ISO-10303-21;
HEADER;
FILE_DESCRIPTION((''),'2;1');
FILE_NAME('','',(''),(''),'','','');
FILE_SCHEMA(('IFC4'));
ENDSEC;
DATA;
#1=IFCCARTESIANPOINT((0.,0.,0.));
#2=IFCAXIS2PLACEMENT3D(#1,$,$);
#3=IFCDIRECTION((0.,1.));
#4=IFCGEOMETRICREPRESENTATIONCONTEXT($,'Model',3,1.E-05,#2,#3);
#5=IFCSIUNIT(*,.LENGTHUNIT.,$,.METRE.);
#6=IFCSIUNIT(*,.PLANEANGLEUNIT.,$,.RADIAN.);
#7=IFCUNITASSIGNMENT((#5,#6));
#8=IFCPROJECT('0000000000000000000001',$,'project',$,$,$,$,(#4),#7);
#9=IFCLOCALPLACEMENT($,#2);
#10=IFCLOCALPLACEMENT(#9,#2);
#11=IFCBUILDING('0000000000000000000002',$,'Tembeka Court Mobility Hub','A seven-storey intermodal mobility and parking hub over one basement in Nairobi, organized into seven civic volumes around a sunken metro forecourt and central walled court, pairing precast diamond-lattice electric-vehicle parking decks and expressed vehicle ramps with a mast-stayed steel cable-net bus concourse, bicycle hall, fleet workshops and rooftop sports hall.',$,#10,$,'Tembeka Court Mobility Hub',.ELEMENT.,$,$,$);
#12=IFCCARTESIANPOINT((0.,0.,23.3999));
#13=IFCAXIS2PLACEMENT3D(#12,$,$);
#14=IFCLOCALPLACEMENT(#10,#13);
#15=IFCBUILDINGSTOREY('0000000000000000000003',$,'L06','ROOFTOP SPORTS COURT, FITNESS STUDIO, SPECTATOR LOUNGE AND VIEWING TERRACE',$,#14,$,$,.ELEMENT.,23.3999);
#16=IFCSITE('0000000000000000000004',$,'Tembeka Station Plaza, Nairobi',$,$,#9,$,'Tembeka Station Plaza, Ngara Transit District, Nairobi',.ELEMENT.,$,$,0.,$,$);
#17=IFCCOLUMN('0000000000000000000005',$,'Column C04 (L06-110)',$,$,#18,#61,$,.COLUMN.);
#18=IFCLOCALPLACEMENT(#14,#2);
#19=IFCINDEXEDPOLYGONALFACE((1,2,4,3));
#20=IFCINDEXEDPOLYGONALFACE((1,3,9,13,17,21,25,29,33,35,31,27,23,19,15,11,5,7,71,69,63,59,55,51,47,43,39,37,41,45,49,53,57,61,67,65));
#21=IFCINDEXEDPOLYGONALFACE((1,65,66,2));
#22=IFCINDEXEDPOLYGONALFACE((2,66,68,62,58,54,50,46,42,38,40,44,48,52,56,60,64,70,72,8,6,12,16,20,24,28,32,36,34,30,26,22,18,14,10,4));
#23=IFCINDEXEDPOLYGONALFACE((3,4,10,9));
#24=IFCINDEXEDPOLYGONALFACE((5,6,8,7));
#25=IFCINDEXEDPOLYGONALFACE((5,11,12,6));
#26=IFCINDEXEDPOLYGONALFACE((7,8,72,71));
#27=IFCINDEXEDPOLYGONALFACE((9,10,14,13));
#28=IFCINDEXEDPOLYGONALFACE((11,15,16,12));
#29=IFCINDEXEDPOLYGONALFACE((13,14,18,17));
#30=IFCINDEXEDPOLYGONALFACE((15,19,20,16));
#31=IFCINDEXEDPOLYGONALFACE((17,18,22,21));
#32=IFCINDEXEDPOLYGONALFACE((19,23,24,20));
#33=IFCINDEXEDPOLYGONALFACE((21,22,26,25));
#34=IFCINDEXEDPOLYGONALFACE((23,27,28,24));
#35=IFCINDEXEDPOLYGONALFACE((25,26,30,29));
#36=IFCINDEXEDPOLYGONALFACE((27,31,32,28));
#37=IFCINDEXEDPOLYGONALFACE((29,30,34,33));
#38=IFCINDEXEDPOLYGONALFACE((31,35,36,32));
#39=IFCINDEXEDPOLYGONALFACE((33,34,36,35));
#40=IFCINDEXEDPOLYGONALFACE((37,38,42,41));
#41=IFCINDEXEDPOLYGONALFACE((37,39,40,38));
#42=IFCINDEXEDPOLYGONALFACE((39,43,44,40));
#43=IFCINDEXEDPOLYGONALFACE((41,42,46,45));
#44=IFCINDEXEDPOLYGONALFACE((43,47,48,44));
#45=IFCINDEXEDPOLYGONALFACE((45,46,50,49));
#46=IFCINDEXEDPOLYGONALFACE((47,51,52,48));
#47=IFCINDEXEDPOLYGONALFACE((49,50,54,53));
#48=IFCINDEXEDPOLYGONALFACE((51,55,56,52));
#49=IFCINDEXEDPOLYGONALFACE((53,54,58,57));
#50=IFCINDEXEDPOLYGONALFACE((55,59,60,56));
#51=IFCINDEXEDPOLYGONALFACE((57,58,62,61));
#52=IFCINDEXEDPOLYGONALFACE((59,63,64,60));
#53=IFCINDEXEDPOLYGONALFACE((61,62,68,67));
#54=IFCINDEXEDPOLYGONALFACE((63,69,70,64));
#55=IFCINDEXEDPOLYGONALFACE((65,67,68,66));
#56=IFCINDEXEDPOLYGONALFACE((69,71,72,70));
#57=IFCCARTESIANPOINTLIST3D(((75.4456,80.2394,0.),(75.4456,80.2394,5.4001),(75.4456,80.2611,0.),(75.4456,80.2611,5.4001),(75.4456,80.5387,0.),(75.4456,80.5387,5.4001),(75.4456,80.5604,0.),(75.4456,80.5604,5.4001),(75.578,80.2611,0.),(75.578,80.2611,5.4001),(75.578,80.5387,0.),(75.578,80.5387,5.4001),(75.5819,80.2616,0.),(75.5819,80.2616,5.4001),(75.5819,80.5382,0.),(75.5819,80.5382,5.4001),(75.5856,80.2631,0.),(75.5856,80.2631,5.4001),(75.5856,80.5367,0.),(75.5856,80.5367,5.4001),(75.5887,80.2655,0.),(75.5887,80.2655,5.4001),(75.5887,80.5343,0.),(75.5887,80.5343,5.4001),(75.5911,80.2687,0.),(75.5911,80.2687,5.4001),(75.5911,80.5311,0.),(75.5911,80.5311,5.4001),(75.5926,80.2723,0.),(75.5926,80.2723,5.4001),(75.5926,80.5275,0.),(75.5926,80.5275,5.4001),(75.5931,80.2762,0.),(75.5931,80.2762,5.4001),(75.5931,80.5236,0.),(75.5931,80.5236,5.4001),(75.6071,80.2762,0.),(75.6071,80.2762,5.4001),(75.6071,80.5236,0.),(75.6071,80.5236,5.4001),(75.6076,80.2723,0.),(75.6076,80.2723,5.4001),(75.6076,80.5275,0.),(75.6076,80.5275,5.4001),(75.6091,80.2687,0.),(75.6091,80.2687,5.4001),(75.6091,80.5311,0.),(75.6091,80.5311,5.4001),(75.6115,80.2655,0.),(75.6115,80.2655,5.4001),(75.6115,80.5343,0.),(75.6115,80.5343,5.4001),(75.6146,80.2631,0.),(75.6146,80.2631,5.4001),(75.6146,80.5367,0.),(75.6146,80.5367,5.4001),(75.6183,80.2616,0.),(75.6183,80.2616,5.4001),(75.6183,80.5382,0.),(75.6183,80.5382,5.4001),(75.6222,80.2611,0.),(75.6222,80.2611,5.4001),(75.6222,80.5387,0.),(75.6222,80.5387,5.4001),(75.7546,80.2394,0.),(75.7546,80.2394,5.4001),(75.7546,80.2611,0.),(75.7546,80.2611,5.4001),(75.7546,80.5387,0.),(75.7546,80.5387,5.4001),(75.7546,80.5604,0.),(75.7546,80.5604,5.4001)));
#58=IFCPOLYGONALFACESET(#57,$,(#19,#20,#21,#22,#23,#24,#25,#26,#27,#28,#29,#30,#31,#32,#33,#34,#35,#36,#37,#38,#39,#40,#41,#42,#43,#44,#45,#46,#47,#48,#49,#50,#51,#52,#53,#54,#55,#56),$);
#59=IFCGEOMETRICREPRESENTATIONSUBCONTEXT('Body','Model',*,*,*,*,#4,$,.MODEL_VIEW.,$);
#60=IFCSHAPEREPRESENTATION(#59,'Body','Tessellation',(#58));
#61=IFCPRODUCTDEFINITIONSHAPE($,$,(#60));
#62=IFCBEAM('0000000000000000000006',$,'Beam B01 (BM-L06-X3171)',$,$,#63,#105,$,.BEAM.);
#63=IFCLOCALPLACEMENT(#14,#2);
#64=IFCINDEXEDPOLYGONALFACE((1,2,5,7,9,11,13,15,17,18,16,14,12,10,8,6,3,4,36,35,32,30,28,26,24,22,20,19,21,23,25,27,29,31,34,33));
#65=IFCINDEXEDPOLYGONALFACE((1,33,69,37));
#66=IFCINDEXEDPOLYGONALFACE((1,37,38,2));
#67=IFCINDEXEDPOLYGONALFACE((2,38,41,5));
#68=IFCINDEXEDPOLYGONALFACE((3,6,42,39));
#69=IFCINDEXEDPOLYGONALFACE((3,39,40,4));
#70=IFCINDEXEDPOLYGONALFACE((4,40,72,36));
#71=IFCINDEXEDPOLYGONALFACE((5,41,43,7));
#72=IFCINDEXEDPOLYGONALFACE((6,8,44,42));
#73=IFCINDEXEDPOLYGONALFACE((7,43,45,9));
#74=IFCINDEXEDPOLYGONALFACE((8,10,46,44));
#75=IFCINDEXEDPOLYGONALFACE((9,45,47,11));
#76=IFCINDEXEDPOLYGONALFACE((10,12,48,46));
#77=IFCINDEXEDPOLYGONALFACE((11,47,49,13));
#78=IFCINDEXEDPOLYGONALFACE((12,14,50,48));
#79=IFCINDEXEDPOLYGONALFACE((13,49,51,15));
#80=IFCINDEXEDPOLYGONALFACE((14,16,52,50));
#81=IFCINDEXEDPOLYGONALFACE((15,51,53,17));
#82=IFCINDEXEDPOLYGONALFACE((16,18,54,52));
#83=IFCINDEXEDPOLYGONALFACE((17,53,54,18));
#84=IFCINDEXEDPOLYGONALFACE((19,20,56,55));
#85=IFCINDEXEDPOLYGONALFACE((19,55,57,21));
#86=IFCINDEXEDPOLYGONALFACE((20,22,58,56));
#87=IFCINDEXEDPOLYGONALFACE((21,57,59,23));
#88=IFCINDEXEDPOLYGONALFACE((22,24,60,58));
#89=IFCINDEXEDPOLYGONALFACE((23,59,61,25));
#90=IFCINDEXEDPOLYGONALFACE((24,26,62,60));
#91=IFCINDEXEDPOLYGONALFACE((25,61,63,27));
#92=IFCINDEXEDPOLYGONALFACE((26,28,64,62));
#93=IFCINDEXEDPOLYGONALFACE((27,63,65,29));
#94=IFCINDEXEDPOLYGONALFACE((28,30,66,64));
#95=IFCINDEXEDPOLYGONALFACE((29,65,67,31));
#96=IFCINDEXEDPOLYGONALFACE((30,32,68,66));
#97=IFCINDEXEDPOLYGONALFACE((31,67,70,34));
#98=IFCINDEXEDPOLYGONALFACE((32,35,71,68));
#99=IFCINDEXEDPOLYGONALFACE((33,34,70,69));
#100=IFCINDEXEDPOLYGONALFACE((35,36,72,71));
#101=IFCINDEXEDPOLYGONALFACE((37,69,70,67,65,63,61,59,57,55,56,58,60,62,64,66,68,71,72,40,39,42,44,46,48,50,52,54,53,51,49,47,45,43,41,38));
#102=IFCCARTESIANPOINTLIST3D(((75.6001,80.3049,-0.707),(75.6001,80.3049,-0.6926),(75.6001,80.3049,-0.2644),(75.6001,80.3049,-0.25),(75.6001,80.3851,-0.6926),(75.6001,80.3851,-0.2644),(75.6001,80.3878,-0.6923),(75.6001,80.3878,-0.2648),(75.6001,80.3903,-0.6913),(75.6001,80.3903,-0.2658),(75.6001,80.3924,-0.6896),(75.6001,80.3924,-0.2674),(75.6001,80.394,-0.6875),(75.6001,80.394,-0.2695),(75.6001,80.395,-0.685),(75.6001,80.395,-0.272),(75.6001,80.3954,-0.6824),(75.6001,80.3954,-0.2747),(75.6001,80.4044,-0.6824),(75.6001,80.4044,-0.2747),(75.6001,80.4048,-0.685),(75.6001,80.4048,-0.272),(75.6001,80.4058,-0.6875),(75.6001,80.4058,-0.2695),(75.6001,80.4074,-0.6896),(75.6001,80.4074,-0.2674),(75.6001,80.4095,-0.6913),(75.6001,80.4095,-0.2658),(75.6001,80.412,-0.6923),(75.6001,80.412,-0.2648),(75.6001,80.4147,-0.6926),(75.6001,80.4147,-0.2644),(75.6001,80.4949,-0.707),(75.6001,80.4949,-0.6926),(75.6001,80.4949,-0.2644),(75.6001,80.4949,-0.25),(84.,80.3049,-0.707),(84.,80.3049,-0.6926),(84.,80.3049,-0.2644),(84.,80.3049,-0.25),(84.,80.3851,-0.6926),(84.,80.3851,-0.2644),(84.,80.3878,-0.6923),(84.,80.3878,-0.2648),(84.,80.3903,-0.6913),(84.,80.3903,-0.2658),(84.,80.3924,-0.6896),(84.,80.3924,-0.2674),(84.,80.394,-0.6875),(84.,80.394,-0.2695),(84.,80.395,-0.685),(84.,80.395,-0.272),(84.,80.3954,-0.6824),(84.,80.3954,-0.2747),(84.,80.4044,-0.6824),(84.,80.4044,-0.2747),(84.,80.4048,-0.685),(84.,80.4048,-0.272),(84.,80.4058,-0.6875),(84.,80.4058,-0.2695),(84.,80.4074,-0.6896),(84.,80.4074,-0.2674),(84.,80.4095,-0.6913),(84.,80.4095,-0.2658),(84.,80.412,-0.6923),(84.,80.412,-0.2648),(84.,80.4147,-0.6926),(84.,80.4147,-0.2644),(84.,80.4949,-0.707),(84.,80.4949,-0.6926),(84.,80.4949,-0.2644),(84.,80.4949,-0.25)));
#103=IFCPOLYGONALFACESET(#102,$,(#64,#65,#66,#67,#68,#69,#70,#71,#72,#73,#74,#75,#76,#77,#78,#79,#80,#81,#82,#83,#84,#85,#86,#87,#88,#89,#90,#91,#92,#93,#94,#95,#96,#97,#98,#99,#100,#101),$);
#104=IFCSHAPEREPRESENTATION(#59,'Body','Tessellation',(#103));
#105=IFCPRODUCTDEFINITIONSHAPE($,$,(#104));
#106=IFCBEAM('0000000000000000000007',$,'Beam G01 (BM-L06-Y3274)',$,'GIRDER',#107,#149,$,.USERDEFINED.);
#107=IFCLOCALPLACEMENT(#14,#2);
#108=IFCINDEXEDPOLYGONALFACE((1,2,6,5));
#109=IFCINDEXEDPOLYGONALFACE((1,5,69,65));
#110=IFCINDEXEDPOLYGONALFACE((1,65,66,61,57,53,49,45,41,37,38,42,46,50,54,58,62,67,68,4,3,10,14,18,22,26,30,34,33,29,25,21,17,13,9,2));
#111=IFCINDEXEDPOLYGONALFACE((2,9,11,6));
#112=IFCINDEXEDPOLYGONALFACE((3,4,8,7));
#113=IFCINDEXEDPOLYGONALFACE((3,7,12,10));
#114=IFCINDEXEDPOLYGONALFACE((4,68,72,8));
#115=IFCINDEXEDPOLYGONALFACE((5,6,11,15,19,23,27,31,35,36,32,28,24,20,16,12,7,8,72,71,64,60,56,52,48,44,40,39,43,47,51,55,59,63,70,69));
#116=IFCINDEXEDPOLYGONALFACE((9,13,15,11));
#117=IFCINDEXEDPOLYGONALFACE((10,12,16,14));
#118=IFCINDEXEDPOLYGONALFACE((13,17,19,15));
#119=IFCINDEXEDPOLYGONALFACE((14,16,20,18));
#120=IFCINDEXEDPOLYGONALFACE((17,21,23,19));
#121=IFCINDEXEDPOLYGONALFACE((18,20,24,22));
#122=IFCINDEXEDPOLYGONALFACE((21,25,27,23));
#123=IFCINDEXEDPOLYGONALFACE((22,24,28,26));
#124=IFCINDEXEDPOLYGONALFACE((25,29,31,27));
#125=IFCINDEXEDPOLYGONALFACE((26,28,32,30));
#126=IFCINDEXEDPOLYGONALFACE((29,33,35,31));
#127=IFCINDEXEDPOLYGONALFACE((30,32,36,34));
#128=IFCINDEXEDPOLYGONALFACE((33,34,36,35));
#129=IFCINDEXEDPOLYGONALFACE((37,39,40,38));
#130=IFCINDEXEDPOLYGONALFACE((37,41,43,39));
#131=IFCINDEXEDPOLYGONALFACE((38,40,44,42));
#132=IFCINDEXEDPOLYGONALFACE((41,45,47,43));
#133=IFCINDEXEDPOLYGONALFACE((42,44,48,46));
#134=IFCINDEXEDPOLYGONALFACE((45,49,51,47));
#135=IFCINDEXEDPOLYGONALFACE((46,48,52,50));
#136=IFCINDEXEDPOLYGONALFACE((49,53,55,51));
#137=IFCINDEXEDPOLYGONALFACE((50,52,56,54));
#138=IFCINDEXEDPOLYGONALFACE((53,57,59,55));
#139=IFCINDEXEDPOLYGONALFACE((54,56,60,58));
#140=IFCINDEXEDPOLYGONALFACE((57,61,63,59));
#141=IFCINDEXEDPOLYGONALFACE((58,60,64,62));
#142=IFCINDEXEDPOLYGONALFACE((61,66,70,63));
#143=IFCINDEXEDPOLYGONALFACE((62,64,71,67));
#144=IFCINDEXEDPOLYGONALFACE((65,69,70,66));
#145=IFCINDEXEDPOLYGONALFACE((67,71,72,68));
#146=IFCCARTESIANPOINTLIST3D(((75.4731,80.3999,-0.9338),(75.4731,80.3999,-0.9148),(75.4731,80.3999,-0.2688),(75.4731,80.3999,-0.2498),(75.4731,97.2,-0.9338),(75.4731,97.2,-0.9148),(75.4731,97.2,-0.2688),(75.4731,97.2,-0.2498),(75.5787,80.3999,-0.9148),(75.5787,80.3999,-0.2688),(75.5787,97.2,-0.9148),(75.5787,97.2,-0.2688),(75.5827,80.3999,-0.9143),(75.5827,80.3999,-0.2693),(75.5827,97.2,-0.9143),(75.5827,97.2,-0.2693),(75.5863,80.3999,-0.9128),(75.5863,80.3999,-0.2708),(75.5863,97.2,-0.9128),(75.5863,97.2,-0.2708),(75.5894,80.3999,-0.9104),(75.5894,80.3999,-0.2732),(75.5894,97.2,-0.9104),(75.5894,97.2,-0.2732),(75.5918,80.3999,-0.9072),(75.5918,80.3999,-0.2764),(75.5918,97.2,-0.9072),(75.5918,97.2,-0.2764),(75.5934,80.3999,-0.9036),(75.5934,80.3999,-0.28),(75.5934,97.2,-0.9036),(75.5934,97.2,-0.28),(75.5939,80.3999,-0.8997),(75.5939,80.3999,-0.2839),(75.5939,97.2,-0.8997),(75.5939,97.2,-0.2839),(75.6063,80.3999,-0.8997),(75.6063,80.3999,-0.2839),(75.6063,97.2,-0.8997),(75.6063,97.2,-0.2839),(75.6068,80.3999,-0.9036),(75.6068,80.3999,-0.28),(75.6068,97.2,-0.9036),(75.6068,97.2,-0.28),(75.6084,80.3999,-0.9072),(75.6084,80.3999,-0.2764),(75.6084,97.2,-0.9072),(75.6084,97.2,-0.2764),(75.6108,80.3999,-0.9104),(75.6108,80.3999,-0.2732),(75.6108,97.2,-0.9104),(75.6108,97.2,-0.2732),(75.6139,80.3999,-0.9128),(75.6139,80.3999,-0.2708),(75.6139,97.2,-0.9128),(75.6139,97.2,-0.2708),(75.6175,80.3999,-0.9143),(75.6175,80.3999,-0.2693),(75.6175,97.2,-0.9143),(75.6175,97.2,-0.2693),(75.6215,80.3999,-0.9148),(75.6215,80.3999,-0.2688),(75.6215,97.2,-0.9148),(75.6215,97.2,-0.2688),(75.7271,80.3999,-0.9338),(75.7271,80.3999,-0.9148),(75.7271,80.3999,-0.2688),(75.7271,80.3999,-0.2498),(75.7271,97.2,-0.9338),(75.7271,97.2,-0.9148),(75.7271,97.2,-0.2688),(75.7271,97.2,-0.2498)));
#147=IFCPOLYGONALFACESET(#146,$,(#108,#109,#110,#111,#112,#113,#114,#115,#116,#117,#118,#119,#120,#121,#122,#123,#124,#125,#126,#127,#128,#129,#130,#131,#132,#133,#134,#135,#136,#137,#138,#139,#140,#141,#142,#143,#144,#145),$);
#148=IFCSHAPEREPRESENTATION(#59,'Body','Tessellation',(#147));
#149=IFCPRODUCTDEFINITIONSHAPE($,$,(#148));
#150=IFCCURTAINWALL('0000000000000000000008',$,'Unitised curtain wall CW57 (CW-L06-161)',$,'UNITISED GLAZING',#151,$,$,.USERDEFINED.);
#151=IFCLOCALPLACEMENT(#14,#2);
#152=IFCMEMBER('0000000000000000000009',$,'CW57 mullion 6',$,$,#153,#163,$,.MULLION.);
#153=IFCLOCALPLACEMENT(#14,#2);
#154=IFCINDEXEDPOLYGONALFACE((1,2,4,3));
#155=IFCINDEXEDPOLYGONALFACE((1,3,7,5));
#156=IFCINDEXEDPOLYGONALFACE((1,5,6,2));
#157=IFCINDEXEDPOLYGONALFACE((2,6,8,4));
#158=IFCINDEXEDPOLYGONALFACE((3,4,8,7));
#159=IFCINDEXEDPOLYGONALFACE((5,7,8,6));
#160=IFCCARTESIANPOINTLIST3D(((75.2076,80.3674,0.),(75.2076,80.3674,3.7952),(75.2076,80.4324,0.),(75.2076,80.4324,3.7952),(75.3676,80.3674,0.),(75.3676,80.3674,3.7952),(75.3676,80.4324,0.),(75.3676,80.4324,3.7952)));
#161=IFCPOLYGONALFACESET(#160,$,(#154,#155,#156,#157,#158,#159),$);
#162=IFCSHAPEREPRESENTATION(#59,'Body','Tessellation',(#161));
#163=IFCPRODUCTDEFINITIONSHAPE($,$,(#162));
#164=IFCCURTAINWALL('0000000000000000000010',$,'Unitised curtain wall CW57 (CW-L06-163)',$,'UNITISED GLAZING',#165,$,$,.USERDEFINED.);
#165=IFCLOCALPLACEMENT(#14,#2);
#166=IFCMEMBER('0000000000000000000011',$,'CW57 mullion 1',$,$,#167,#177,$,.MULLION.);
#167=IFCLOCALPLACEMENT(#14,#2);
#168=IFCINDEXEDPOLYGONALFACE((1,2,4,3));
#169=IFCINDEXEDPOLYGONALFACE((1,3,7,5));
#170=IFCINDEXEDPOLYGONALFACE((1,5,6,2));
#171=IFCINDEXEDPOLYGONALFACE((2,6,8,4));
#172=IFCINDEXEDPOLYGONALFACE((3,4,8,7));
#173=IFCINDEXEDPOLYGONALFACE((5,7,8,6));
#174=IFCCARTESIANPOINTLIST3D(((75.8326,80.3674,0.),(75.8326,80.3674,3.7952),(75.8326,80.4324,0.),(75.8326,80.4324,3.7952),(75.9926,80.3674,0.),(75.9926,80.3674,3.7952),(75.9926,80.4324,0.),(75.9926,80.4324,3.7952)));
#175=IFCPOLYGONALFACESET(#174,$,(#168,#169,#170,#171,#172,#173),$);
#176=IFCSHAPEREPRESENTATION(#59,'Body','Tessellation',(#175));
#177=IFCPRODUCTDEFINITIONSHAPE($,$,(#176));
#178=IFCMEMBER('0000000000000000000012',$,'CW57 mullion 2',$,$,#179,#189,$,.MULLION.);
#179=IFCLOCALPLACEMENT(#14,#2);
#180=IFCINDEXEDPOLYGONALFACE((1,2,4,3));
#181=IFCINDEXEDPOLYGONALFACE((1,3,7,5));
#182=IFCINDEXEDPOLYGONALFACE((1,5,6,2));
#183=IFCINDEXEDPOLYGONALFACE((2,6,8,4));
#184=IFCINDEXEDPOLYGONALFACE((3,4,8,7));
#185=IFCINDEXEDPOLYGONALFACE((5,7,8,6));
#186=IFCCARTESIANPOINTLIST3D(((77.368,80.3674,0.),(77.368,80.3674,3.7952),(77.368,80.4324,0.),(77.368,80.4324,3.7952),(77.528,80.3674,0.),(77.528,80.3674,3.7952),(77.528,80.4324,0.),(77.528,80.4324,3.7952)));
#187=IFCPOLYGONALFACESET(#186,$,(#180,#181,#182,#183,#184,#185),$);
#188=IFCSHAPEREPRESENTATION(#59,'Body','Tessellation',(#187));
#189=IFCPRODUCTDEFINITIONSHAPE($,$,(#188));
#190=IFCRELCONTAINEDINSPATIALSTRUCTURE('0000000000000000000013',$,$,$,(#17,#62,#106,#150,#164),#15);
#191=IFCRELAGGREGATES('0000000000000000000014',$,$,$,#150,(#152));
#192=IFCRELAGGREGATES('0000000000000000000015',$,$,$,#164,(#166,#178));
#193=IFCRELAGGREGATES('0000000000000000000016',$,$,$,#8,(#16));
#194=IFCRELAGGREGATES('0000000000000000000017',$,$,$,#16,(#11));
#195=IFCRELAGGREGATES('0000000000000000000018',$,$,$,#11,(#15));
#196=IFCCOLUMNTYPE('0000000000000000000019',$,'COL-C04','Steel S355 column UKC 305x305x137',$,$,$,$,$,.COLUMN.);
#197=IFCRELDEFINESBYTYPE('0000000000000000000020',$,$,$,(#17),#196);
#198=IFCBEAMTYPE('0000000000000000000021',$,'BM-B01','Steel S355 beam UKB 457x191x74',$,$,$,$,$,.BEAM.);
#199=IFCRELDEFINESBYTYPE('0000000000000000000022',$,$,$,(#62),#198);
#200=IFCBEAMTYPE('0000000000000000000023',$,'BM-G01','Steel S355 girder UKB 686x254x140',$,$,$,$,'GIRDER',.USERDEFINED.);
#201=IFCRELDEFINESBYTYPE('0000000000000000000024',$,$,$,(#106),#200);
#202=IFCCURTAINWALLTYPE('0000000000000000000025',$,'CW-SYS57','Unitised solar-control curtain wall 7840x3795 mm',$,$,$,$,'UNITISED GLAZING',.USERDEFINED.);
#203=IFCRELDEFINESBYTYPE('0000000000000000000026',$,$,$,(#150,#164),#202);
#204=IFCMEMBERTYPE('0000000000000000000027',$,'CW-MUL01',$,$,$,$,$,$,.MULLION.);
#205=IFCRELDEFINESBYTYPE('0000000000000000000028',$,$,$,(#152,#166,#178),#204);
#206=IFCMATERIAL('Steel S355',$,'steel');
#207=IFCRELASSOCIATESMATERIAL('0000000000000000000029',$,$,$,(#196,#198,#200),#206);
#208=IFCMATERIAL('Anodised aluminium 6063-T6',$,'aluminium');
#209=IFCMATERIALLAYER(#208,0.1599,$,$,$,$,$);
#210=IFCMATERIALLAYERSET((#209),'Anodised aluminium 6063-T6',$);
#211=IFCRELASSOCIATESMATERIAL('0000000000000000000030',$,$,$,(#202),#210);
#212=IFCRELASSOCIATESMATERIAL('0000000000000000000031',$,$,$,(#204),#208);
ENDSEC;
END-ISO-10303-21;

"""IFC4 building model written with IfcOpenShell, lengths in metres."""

from ifc_helpers import new_model, si_unit, direction, frame, origin, origin_2d, place, context, subcontext, project, spatial, rectangle, i_section, extrude, material, layer, layer_set, material_profile, profile_set, type_object, element, aggregate, save


model = new_model("IFC4")

# Units and contexts
model_context = context("Model", 3, precision=1e-05, world=origin(), true_north=direction((0.0, 1.0)))
body_context = subcontext(model_context, "Body", "Model", "MODEL_VIEW")
ifc_project = project(units=[si_unit("LENGTHUNIT", "METRE"), si_unit("PLANEANGLEUNIT", "RADIAN")], contexts=[model_context])

# Site, building, storey
site_placement = place(None, origin())
site = spatial("IfcSite", under=ifc_project, at=site_placement, Name="Tembeka Station Plaza, Nairobi", LongName="Tembeka Station Plaza, Ngara Transit District, Nairobi", CompositionType="ELEMENT", RefElevation=0.0)
building_placement = place(site_placement, origin())
building = spatial("IfcBuilding", under=site, at=building_placement, Name="Tembeka Court Mobility Hub", Description="A seven-storey intermodal mobility and parking hub over one basement in Nairobi, organized into seven civic volumes around a sunken metro forecourt and central walled court, pairing precast diamond-lattice electric-vehicle parking decks and expressed vehicle ramps with a mast-stayed steel cable-net bus concourse, bicycle hall, fleet workshops and rooftop sports hall.", LongName="Tembeka Court Mobility Hub", CompositionType="ELEMENT")
storey_placement = place(building_placement, frame((0.0, 0.0, 23.3999)))
storey = spatial("IfcBuildingStorey", under=building, at=storey_placement, Name="L06", Description="ROOFTOP SPORTS COURT, FITNESS STUDIO, SPECTATOR LOUNGE AND VIEWING TERRACE", CompositionType="ELEMENT", Elevation=23.3999)

# Column
ifc_material_1 = material(Name="Steel S355", Category="steel")
ifc_material_profile_1 = material_profile(ifc_material_1, i_section(OverallWidth=0.3091, OverallDepth=0.321, WebThickness=0.0139, FlangeThickness=0.0217, FilletRadius=0.0151, at=origin_2d()), Name="UKC 305x305x137")
ifc_profile_set_1 = profile_set([ifc_material_profile_1], Name="Steel S355")
column_type = type_object("IfcColumnType", Name="COL-C04", Description="Steel S355 column UKC 305x305x137", PredefinedType="COLUMN", material=ifc_profile_set_1)
column_placement = place(storey_placement, frame((75.6001, 80.3999, 0.0), z_axis=(0.0, 0.0, 1.0), x_axis=(1.0, 0.0, 0.0)))
element("IfcColumn", 1, at=column_placement, inside=storey, type_object=column_type, Name="Column C04 (L06-110)", PredefinedType="COLUMN", context=body_context, shape_type="SweptSolid", body=[
    extrude(i_section(OverallWidth=0.3091, OverallDepth=0.321, WebThickness=0.0139, FlangeThickness=0.0217, FilletRadius=0.0151, at=origin_2d()), origin(), (0.0, 0.0, 1.0), 5.4001),
])

# Beams
ifc_material_profile_2 = material_profile(ifc_material_1, i_section(OverallWidth=0.1899, OverallDepth=0.457, WebThickness=0.009, FlangeThickness=0.0144, FilletRadius=0.0103, at=origin_2d()), Name="UKB 457x191x74")
ifc_profile_set_2 = profile_set([ifc_material_profile_2], Name="Steel S355")
beam_type_1 = type_object("IfcBeamType", Name="BM-B01", Description="Steel S355 beam UKB 457x191x74", PredefinedType="BEAM", material=ifc_profile_set_2)
beam_1_placement = place(storey_placement, frame((75.6001, 80.3999, -0.4785), z_axis=(1.0, 0.0, 0.0), x_axis=(0.0, 1.0, 0.0)))
element("IfcBeam", 2, at=beam_1_placement, inside=storey, type_object=beam_type_1, Name="Beam B01 (BM-L06-X3171)", PredefinedType="BEAM", context=body_context, shape_type="SweptSolid", body=[
    extrude(i_section(OverallWidth=0.1899, OverallDepth=0.457, WebThickness=0.009, FlangeThickness=0.0144, FilletRadius=0.0103, at=origin_2d()), origin(), (0.0, 0.0, 1.0), 8.3999),
])
ifc_material_profile_3 = material_profile(ifc_material_1, i_section(OverallWidth=0.2539, OverallDepth=0.6841, WebThickness=0.0125, FlangeThickness=0.019, FilletRadius=0.0151, at=origin_2d()), Name="UKB 686x254x140")
ifc_profile_set_3 = profile_set([ifc_material_profile_3], Name="Steel S355")
beam_type_2 = type_object("IfcBeamType", Name="BM-G01", Description="Steel S355 girder UKB 686x254x140", ElementType="GIRDER", PredefinedType="USERDEFINED", material=ifc_profile_set_3)
beam_2_placement = place(storey_placement, frame((75.6001, 80.3999, -0.5918), z_axis=(0.0, 1.0, 0.0), x_axis=(-1.0, 0.0, 0.0)))
element("IfcBeam", 3, at=beam_2_placement, inside=storey, type_object=beam_type_2, Name="Beam G01 (BM-L06-Y3274)", ObjectType="GIRDER", PredefinedType="USERDEFINED", context=body_context, shape_type="SweptSolid", body=[
    extrude(i_section(OverallWidth=0.2539, OverallDepth=0.6841, WebThickness=0.0125, FlangeThickness=0.019, FilletRadius=0.0151, at=origin_2d()), origin(), (0.0, 0.0, 1.0), 16.8),
])

# Curtain wall, member
ifc_material_2 = material(Name="Anodised aluminium 6063-T6", Category="aluminium")
ifc_layer_1 = layer(ifc_material_2, 0.1599)
ifc_layer_set_1 = layer_set([ifc_layer_1], Name="Anodised aluminium 6063-T6")
curtain_wall_type = type_object("IfcCurtainWallType", Name="CW-SYS57", Description="Unitised solar-control curtain wall 7840x3795 mm", ElementType="UNITISED GLAZING", PredefinedType="USERDEFINED", material=ifc_layer_set_1)
curtain_wall_1_placement = place(storey_placement, origin())
curtain_wall_1 = element("IfcCurtainWall", 4, at=curtain_wall_1_placement, inside=storey, type_object=curtain_wall_type, Name="Unitised curtain wall CW57 (CW-L06-161)", ObjectType="UNITISED GLAZING", PredefinedType="USERDEFINED")
ifc_material_profile_4 = material_profile(ifc_material_2, rectangle(XDim=0.0649, YDim=0.1599, at=origin_2d()), Name="ALU-MUL 65x160")
ifc_profile_set_4 = profile_set([ifc_material_profile_4], Name="Anodised aluminium 6063-T6")
member_type_1 = type_object("IfcMemberType", Name="CW-MUL01", PredefinedType="MULLION", material=ifc_profile_set_4)
member_1_placement = place(storey_placement, frame((75.2876, 80.3999, 0.0), z_axis=(0.0, 0.0, 1.0), x_axis=(0.0, 1.0, 0.0)))
member_1 = element("IfcMember", 5, at=member_1_placement, type_object=member_type_1, Name="CW57 mullion 6", PredefinedType="MULLION", context=body_context, shape_type="SweptSolid", body=[
    extrude(rectangle(XDim=0.0649, YDim=0.1599, at=origin_2d()), origin(), (0.0, 0.0, 1.0), 3.7952),
])
aggregate(curtain_wall_1, [member_1])

# Curtain wall, members
curtain_wall_2_placement = place(storey_placement, origin())
curtain_wall_2 = element("IfcCurtainWall", 6, at=curtain_wall_2_placement, inside=storey, type_object=curtain_wall_type, Name="Unitised curtain wall CW57 (CW-L06-163)", ObjectType="UNITISED GLAZING", PredefinedType="USERDEFINED")
member_2_placement = place(storey_placement, frame((75.9126, 80.3999, 0.0), z_axis=(0.0, 0.0, 1.0), x_axis=(0.0, 1.0, 0.0)))
member_2 = element("IfcMember", 7, at=member_2_placement, type_object=member_type_1, Name="CW57 mullion 1", PredefinedType="MULLION", context=body_context, shape_type="SweptSolid", body=[
    extrude(rectangle(XDim=0.0649, YDim=0.1599, at=origin_2d()), origin(), (0.0, 0.0, 1.0), 3.7952),
])
member_3_placement = place(storey_placement, frame((77.448, 80.3999, 0.0), z_axis=(0.0, 0.0, 1.0), x_axis=(0.0, 1.0, 0.0)))
member_3 = element("IfcMember", 8, at=member_3_placement, type_object=member_type_1, Name="CW57 mullion 2", PredefinedType="MULLION", context=body_context, shape_type="SweptSolid", body=[
    extrude(rectangle(XDim=0.0649, YDim=0.1599, at=origin_2d()), origin(), (0.0, 0.0, 1.0), 3.7952),
])
aggregate(curtain_wall_2, [member_2, member_3])

save(model, "model.ifc")
